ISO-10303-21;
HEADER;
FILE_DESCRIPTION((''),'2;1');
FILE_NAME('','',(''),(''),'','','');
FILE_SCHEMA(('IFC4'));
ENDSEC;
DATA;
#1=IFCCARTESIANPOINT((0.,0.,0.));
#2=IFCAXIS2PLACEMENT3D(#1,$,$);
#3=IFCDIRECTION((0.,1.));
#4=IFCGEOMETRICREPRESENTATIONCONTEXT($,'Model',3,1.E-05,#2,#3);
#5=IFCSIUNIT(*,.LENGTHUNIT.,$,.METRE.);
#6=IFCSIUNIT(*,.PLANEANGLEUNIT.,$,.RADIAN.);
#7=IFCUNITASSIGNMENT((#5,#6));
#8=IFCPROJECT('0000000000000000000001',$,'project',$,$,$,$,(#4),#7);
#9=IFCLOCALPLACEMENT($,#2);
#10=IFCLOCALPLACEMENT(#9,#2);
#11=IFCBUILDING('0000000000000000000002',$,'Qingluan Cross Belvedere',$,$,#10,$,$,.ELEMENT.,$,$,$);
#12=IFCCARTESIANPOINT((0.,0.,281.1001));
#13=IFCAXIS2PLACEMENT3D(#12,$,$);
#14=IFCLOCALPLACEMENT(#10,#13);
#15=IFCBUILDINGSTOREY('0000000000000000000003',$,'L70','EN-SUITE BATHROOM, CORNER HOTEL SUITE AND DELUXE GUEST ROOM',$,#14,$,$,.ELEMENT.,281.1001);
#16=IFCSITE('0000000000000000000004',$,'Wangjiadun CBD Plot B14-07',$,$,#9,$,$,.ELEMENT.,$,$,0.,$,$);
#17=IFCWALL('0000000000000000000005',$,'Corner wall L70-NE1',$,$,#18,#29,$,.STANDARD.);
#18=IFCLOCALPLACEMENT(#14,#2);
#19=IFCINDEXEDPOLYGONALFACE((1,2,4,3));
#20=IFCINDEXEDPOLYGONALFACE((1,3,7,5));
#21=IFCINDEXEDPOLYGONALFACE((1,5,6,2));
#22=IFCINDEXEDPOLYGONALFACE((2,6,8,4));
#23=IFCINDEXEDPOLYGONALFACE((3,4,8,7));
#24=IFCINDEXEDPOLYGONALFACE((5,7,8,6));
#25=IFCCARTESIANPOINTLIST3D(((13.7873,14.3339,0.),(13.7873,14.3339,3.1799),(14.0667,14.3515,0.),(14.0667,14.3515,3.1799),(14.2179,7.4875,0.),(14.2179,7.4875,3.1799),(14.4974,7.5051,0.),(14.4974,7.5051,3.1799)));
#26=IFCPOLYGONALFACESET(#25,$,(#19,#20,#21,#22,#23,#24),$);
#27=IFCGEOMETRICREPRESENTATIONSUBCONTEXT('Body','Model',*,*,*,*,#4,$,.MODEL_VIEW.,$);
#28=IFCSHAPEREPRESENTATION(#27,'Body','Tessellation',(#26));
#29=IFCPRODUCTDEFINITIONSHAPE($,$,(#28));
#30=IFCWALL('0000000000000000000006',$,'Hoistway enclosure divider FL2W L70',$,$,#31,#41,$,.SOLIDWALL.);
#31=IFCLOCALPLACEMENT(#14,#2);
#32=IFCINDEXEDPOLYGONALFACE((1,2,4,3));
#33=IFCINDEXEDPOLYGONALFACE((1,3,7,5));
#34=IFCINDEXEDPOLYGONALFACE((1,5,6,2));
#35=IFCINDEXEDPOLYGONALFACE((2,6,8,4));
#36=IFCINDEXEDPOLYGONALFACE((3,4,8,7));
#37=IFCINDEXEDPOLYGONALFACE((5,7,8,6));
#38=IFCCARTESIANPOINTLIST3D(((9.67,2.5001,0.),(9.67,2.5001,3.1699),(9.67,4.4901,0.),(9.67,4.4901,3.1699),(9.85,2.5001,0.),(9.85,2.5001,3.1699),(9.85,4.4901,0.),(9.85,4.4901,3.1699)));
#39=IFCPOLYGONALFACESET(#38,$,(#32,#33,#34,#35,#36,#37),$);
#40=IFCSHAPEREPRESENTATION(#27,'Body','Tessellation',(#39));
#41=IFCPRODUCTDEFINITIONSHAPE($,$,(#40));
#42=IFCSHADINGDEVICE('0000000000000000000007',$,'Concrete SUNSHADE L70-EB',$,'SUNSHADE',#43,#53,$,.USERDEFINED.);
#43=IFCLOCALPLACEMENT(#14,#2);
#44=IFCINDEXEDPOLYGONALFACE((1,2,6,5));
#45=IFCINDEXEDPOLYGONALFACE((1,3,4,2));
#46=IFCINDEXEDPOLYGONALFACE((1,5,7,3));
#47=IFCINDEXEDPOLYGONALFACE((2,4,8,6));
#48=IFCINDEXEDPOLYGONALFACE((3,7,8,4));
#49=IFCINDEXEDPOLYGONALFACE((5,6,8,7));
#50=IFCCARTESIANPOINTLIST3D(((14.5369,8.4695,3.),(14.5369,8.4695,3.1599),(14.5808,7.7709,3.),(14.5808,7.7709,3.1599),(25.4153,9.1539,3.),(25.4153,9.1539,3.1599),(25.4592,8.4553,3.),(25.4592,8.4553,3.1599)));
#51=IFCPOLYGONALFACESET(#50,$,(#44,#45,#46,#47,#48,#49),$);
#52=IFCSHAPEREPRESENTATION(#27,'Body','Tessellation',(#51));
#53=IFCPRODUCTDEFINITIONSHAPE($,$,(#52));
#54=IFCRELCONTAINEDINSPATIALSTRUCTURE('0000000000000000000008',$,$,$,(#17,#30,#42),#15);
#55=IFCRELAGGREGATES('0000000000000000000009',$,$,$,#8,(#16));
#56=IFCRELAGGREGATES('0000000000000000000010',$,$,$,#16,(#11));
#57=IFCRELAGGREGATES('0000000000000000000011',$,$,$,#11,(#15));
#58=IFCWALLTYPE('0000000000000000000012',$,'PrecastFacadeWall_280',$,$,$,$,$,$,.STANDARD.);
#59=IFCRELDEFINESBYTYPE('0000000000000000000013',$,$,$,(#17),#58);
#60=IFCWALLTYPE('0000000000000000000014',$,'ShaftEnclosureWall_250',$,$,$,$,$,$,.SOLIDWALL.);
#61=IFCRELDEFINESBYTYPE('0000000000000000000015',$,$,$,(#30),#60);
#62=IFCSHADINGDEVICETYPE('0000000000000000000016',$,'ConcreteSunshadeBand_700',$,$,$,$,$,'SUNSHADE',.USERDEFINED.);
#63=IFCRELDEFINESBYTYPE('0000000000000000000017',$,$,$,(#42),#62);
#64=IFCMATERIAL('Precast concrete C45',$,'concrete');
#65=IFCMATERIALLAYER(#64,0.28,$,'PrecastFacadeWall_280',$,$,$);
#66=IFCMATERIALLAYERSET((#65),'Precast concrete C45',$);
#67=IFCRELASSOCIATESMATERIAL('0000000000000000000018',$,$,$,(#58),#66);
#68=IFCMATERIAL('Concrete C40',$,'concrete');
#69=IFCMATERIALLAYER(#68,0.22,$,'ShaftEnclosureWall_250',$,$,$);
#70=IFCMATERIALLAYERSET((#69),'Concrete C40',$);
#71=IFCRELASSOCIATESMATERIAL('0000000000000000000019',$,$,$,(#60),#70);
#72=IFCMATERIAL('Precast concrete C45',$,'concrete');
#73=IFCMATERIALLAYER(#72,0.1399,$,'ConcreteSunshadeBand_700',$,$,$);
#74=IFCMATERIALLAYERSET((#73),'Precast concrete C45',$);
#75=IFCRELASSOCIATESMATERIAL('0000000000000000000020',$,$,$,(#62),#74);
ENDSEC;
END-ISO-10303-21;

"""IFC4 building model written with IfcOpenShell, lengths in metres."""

from ifc_helpers import new_model, si_unit, direction, frame, frame_2d, origin, origin_2d, place, context, subcontext, project, spatial, rectangle, extrude, material, layer, layer_set, type_object, element, save


model = new_model("IFC4")

# Units and contexts
model_context = context("Model", 3, precision=1e-05, world=origin(), true_north=direction((0.0, 1.0)))
body_context = subcontext(model_context, "Body", "Model", "MODEL_VIEW")
ifc_project = project(units=[si_unit("LENGTHUNIT", "METRE"), si_unit("PLANEANGLEUNIT", "RADIAN")], contexts=[model_context])

# Site, building, storey
site_placement = place(None, origin())
site = spatial("IfcSite", under=ifc_project, at=site_placement, Name="Wangjiadun CBD Plot B14-07", CompositionType="ELEMENT", RefElevation=0.0)
building_placement = place(site_placement, origin())
building = spatial("IfcBuilding", under=site, at=building_placement, Name="Qingluan Cross Belvedere", CompositionType="ELEMENT")
storey_placement = place(building_placement, frame((0.0, 0.0, 281.1001)))
storey = spatial("IfcBuildingStorey", under=building, at=storey_placement, Name="L70", Description="EN-SUITE BATHROOM, CORNER HOTEL SUITE AND DELUXE GUEST ROOM", CompositionType="ELEMENT", Elevation=281.1001)

# Shared definitions
ifc_material_1 = material(Name="Precast concrete C45", Category="concrete")
ifc_layer_1 = layer(ifc_material_1, 0.28, Name="PrecastFacadeWall_280")
ifc_layer_set_1 = layer_set([ifc_layer_1], Name="Precast concrete C45")
wall_type_1 = type_object("IfcWallType", Name="PrecastFacadeWall_280", PredefinedType="STANDARD", material=ifc_layer_set_1)

# Walls
wall_1_placement = place(storey_placement, frame((14.3577, 7.4963, 0.0), z_axis=(0.0, 0.0, 1.0), x_axis=(-0.062779, 0.998027, 0.0)))
element("IfcWall", 1, at=wall_1_placement, inside=storey, type_object=wall_type_1, Name="Corner wall L70-NE1", PredefinedType="STANDARD", context=body_context, shape_type="SweptSolid", body=[
    extrude(rectangle(XDim=6.8599, YDim=0.28, at=frame_2d((3.4299, 0.0))), origin(), (0.0, 0.0, 1.0), 3.1799),
])
ifc_material_2 = material(Name="Concrete C40", Category="concrete")
ifc_layer_2 = layer(ifc_material_2, 0.22, Name="ShaftEnclosureWall_250")
ifc_layer_set_2 = layer_set([ifc_layer_2], Name="Concrete C40")
wall_type_2 = type_object("IfcWallType", Name="ShaftEnclosureWall_250", PredefinedType="SOLIDWALL", material=ifc_layer_set_2)
wall_2_placement = place(storey_placement, frame((9.76, 2.5, 0.0), z_axis=(0.0, 0.0, 1.0), x_axis=(0.0, 1.0, 0.0)))
element("IfcWall", 2, at=wall_2_placement, inside=storey, type_object=wall_type_2, Name="Hoistway enclosure divider FL2W L70", PredefinedType="SOLIDWALL", context=body_context, shape_type="SweptSolid", body=[
    extrude(rectangle(XDim=1.99, YDim=0.1799, at=frame_2d((0.9951, 0.0))), origin(), (0.0, 0.0, 1.0), 3.1699),
])

# Shading device
ifc_material_3 = material(Name="Precast concrete C45", Category="concrete")
ifc_layer_3 = layer(ifc_material_3, 0.1399, Name="ConcreteSunshadeBand_700")
ifc_layer_set_3 = layer_set([ifc_layer_3], Name="Precast concrete C45")
shading_device_type = type_object("IfcShadingDeviceType", Name="ConcreteSunshadeBand_700", ElementType="SUNSHADE", PredefinedType="USERDEFINED", material=ifc_layer_set_3)
shading_device_placement = place(storey_placement, frame((19.998, 8.4624, 3.0), z_axis=(0.0, 0.0, 1.0), x_axis=(-0.998027, -0.062793, 0.0)))
element("IfcShadingDevice", 3, at=shading_device_placement, inside=storey, type_object=shading_device_type, Name="Concrete SUNSHADE L70-EB", ObjectType="SUNSHADE", PredefinedType="USERDEFINED", context=body_context, shape_type="SweptSolid", body=[
    extrude(rectangle(XDim=10.8999, YDim=0.7, at=origin_2d()), origin(), (0.0, 0.0, 1.0), 0.1599),
])

save(model, "model.ifc")
